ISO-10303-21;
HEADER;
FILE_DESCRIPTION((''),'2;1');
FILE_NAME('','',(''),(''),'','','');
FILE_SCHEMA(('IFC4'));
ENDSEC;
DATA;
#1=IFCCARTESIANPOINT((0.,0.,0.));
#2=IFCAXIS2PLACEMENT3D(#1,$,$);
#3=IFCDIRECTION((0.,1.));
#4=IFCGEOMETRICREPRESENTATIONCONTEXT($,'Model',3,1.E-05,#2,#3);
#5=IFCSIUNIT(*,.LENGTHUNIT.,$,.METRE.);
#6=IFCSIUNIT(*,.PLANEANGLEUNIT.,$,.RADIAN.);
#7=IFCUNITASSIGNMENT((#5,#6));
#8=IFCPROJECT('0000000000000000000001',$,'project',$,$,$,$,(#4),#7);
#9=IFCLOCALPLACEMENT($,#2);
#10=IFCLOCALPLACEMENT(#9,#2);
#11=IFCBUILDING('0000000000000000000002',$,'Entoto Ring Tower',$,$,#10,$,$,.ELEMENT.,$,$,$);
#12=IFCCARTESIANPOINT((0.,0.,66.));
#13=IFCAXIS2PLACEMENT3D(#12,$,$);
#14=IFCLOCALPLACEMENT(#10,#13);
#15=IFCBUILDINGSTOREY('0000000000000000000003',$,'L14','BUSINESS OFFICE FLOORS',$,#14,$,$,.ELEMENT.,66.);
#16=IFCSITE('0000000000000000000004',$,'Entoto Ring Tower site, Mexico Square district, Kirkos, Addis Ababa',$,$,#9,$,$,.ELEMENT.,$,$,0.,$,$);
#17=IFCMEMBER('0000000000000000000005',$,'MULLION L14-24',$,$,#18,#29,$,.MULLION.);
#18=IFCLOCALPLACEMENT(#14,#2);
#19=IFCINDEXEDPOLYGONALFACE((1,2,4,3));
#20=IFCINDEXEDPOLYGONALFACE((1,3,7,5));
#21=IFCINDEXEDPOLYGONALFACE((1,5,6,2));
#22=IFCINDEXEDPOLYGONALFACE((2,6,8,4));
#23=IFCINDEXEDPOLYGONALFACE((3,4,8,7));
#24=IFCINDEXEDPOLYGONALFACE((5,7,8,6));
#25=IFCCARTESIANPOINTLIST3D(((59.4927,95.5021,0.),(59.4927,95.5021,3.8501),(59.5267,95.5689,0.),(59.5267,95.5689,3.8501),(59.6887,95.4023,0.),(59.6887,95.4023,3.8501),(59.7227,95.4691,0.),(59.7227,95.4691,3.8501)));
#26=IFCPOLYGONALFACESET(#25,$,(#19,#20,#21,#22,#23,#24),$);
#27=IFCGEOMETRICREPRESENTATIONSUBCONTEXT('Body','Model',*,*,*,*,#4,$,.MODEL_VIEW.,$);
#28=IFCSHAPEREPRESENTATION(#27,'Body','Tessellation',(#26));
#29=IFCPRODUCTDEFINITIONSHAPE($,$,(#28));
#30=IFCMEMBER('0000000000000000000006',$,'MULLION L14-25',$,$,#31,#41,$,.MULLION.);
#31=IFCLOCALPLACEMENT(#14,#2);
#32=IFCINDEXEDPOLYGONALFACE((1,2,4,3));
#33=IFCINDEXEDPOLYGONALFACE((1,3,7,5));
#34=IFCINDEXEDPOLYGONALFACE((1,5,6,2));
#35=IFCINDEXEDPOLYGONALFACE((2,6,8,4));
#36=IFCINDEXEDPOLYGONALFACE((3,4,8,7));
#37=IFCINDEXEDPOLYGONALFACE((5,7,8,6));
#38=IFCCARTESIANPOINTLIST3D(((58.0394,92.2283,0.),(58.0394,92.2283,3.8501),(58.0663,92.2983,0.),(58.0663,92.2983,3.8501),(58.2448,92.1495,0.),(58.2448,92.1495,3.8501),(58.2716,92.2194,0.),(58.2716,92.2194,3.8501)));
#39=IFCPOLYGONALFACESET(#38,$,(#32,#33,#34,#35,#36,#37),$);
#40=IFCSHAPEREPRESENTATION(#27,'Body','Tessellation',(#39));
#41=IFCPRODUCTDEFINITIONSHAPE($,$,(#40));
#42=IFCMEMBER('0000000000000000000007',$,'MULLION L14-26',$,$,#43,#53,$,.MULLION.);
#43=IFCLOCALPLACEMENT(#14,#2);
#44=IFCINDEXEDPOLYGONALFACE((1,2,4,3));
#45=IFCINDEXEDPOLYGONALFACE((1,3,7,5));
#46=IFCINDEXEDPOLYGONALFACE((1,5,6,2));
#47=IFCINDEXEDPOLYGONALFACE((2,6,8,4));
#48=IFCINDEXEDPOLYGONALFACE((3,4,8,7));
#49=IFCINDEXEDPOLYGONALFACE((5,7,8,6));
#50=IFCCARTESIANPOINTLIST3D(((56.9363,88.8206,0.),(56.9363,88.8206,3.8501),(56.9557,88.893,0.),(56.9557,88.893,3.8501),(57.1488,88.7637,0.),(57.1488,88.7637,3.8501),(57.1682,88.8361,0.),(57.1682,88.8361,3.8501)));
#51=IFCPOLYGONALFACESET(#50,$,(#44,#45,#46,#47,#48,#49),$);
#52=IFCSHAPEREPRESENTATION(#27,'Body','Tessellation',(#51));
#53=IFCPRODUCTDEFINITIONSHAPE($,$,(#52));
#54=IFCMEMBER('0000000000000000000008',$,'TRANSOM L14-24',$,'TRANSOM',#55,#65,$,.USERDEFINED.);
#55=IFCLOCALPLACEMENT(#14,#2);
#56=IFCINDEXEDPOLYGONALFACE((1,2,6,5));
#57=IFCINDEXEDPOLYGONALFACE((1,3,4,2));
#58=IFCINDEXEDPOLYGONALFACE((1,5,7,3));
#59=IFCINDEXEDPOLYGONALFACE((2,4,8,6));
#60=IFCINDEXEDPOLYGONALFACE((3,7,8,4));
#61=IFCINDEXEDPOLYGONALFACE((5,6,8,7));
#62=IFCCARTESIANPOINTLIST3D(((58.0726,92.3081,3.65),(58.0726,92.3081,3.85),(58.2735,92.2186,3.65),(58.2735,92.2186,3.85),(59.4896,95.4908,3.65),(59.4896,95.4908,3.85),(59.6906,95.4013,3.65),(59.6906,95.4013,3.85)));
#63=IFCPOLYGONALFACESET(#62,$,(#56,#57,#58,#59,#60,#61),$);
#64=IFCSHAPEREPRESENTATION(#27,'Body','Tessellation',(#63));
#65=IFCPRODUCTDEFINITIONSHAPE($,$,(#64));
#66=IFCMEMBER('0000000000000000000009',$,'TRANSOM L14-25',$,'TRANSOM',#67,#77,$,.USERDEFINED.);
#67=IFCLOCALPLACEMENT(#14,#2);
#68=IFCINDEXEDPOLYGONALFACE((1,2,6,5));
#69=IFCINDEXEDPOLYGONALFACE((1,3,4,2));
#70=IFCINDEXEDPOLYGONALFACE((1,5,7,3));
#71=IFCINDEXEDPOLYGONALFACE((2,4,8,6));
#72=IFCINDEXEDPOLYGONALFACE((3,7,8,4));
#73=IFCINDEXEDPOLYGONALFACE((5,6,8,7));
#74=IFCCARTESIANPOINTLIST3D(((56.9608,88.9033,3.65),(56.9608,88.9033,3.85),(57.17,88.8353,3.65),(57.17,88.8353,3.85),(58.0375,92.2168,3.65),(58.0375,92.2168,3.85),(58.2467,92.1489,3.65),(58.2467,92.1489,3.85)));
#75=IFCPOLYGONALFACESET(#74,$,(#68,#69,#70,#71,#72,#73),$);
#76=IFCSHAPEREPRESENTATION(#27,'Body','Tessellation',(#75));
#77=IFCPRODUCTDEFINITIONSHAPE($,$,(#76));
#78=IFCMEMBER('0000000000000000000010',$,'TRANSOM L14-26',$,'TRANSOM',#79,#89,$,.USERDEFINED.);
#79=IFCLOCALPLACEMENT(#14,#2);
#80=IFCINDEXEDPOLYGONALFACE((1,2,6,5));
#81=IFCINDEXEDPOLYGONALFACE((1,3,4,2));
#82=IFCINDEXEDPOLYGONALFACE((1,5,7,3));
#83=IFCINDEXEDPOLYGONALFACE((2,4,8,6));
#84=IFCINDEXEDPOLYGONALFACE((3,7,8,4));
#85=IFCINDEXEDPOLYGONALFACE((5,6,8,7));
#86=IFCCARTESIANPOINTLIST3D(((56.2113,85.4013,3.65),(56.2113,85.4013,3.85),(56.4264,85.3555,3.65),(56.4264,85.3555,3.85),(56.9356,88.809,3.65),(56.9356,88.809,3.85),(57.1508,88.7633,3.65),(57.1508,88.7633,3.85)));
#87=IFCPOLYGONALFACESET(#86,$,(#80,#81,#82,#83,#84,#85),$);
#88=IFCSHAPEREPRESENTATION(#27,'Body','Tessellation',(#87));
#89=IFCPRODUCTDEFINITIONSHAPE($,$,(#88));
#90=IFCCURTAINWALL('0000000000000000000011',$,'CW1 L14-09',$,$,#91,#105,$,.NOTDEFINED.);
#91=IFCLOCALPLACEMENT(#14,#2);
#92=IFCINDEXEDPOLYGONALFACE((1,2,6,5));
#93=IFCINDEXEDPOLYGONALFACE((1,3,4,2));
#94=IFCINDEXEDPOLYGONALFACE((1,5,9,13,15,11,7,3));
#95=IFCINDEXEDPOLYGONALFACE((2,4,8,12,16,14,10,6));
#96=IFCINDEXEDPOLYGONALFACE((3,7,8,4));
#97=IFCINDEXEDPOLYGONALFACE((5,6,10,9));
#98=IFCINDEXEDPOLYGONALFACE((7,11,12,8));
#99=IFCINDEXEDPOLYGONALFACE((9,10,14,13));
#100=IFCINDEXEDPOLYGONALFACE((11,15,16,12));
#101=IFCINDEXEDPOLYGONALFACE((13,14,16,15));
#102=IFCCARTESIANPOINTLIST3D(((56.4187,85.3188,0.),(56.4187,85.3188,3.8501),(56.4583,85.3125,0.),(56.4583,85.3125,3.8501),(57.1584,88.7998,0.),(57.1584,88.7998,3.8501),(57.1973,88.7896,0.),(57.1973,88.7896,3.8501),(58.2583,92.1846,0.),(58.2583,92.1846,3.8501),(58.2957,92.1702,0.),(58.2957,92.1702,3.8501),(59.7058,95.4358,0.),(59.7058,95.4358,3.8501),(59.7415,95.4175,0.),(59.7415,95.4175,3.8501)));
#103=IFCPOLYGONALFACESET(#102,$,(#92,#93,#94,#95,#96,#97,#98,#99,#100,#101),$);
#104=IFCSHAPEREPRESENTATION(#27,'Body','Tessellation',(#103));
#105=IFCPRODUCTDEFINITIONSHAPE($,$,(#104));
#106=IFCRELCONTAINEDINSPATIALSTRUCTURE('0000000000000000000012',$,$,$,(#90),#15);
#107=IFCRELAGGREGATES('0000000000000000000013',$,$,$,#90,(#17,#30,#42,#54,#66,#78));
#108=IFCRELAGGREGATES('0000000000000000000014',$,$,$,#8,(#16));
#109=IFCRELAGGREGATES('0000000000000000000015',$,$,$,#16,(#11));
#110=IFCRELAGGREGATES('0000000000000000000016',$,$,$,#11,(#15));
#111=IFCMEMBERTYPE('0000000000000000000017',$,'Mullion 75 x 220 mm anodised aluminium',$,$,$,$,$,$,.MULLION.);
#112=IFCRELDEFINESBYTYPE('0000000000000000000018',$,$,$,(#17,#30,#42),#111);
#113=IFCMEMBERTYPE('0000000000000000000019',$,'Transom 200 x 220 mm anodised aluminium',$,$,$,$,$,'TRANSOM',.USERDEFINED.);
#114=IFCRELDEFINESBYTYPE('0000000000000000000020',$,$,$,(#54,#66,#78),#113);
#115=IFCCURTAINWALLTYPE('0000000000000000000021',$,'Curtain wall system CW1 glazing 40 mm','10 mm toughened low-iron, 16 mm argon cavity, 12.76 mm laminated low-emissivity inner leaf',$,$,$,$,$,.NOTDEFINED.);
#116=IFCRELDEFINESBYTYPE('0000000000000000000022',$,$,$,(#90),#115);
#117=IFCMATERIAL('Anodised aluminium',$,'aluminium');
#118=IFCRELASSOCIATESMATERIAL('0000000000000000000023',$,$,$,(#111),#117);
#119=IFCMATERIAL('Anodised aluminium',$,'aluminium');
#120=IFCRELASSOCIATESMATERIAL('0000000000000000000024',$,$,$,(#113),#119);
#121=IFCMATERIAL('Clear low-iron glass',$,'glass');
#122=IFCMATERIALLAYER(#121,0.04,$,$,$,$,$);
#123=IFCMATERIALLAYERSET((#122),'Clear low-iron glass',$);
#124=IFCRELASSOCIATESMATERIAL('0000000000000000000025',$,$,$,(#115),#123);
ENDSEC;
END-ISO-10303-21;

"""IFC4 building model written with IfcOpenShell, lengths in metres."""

from ifc_helpers import new_model, si_unit, direction, frame, origin, origin_2d, place, context, subcontext, project, spatial, polyline, rectangle, outline, extrude, material, layer, layer_set, material_profile, profile_set, type_object, element, aggregate, save


model = new_model("IFC4")

# Units and contexts
model_context = context("Model", 3, precision=1e-05, world=origin(), true_north=direction((0.0, 1.0)))
body_context = subcontext(model_context, "Body", "Model", "MODEL_VIEW")
ifc_project = project(units=[si_unit("LENGTHUNIT", "METRE"), si_unit("PLANEANGLEUNIT", "RADIAN")], contexts=[model_context])

# Members
ifc_material_1 = material(Name="Anodised aluminium", Category="aluminium")
ifc_material_profile_1 = material_profile(ifc_material_1, rectangle(XDim=0.075, YDim=0.22, at=origin_2d()), Name="Mullion 75 x 220 mm anodised aluminium")
ifc_profile_set_1 = profile_set([ifc_material_profile_1], Name="Anodised aluminium")
member_type_1 = type_object("IfcMemberType", Name="Mullion 75 x 220 mm anodised aluminium", PredefinedType="MULLION", material=ifc_profile_set_1)
site_placement = place(None, origin())
building_placement = place(site_placement, origin())
storey_placement = place(building_placement, frame((0.0, 0.0, 66.0)))
member_1_placement = place(storey_placement, frame((59.6077, 95.4856, 0.0), z_axis=(0.0, 0.0, 1.0), x_axis=(-0.45399, -0.891007, 0.0)))
member_1 = element("IfcMember", 1, at=member_1_placement, type_object=member_type_1, Name="MULLION L14-24", PredefinedType="MULLION", context=body_context, shape_type="SweptSolid", body=[
    extrude(rectangle(XDim=0.075, YDim=0.22, at=origin_2d()), origin(), (0.0, 0.0, 1.0), 3.8501),
])
member_2_placement = place(storey_placement, frame((58.1555, 92.2239, 0.0), z_axis=(0.0, 0.0, 1.0), x_axis=(-0.358368, -0.93358, 0.0)))
member_2 = element("IfcMember", 2, at=member_2_placement, type_object=member_type_1, Name="MULLION L14-25", PredefinedType="MULLION", context=body_context, shape_type="SweptSolid", body=[
    extrude(rectangle(XDim=0.075, YDim=0.22, at=origin_2d()), origin(), (0.0, 0.0, 1.0), 3.8501),
])
member_3_placement = place(storey_placement, frame((57.0522, 88.8284, 0.0), z_axis=(0.0, 0.0, 1.0), x_axis=(-0.258819, -0.965926, 0.0)))
member_3 = element("IfcMember", 3, at=member_3_placement, type_object=member_type_1, Name="MULLION L14-26", PredefinedType="MULLION", context=body_context, shape_type="SweptSolid", body=[
    extrude(rectangle(XDim=0.075, YDim=0.22, at=origin_2d()), origin(), (0.0, 0.0, 1.0), 3.8501),
])
ifc_material_2 = material(Name="Anodised aluminium", Category="aluminium")
ifc_material_profile_2 = material_profile(ifc_material_2, rectangle(XDim=0.22, YDim=0.2, at=origin_2d()), Name="Transom 200 x 220 mm anodised aluminium")
ifc_profile_set_2 = profile_set([ifc_material_profile_2], Name="Anodised aluminium")
member_type_2 = type_object("IfcMemberType", Name="Transom 200 x 220 mm anodised aluminium", ElementType="TRANSOM", PredefinedType="USERDEFINED", material=ifc_profile_set_2)
member_4_placement = place(storey_placement, frame((59.5901, 95.446, 3.75), z_axis=(-0.406737, -0.913545, 0.0), x_axis=(0.913545, -0.406737, 0.0)))
member_4 = element("IfcMember", 4, at=member_4_placement, type_object=member_type_2, Name="TRANSOM L14-24", ObjectType="TRANSOM", PredefinedType="USERDEFINED", context=body_context, shape_type="SweptSolid", body=[
    extrude(rectangle(XDim=0.22, YDim=0.2, at=origin_2d()), origin(), (0.0, 0.0, 1.0), 3.4839),
])
member_5_placement = place(storey_placement, frame((58.1421, 92.1829, 3.75), z_axis=(-0.309029, -0.951053, 0.0), x_axis=(0.951053, -0.309029, 0.0)))
member_5 = element("IfcMember", 5, at=member_5_placement, type_object=member_type_2, Name="TRANSOM L14-25", ObjectType="TRANSOM", PredefinedType="USERDEFINED", context=body_context, shape_type="SweptSolid", body=[
    extrude(rectangle(XDim=0.22, YDim=0.2, at=origin_2d()), origin(), (0.0, 0.0, 1.0), 3.4841),
])
member_6_placement = place(storey_placement, frame((57.0432, 88.7861, 3.75), z_axis=(-0.207921, -0.978146, 0.0), x_axis=(0.978146, -0.207921, 0.0)))
member_6 = element("IfcMember", 6, at=member_6_placement, type_object=member_type_2, Name="TRANSOM L14-26", ObjectType="TRANSOM", PredefinedType="USERDEFINED", context=body_context, shape_type="SweptSolid", body=[
    extrude(rectangle(XDim=0.22, YDim=0.2, at=origin_2d()), origin(), (0.0, 0.0, 1.0), 3.4839),
])

# Site, building, storey
site = spatial("IfcSite", under=ifc_project, at=site_placement, Name="Entoto Ring Tower site, Mexico Square district, Kirkos, Addis Ababa", CompositionType="ELEMENT", RefElevation=0.0)
building = spatial("IfcBuilding", under=site, at=building_placement, Name="Entoto Ring Tower", CompositionType="ELEMENT")
storey = spatial("IfcBuildingStorey", under=building, at=storey_placement, Name="L14", Description="BUSINESS OFFICE FLOORS", CompositionType="ELEMENT", Elevation=66.0)

# Curtain wall
ifc_material_3 = material(Name="Clear low-iron glass", Category="glass")
ifc_layer = layer(ifc_material_3, 0.04)
ifc_layer_set = layer_set([ifc_layer], Name="Clear low-iron glass")
curtain_wall_type = type_object("IfcCurtainWallType", Name="Curtain wall system CW1 glazing 40 mm", Description="10 mm toughened low-iron, 16 mm argon cavity, 12.76 mm laminated low-emissivity inner leaf", PredefinedType="NOTDEFINED", material=ifc_layer_set)
curtain_wall_1_placement = place(storey_placement, origin())
curtain_wall_1 = element("IfcCurtainWall", 7, at=curtain_wall_1_placement, inside=storey, type_object=curtain_wall_type, Name="CW1 L14-09", PredefinedType="NOTDEFINED", context=body_context, shape_type="SweptSolid", body=[
    extrude(outline(polyline([(59.7058, 95.4358), (58.2583, 92.1846), (57.1584, 88.7998), (56.4187, 85.3188), (56.4583, 85.3125), (57.1973, 88.7896), (58.2957, 92.1702), (59.7415, 95.4175), (59.7058, 95.4358)])), origin(), (0.0, 0.0, 1.0), 3.8501),
])
aggregate(curtain_wall_1, [member_1, member_2, member_3, member_4, member_5, member_6])

save(model, "model.ifc")
